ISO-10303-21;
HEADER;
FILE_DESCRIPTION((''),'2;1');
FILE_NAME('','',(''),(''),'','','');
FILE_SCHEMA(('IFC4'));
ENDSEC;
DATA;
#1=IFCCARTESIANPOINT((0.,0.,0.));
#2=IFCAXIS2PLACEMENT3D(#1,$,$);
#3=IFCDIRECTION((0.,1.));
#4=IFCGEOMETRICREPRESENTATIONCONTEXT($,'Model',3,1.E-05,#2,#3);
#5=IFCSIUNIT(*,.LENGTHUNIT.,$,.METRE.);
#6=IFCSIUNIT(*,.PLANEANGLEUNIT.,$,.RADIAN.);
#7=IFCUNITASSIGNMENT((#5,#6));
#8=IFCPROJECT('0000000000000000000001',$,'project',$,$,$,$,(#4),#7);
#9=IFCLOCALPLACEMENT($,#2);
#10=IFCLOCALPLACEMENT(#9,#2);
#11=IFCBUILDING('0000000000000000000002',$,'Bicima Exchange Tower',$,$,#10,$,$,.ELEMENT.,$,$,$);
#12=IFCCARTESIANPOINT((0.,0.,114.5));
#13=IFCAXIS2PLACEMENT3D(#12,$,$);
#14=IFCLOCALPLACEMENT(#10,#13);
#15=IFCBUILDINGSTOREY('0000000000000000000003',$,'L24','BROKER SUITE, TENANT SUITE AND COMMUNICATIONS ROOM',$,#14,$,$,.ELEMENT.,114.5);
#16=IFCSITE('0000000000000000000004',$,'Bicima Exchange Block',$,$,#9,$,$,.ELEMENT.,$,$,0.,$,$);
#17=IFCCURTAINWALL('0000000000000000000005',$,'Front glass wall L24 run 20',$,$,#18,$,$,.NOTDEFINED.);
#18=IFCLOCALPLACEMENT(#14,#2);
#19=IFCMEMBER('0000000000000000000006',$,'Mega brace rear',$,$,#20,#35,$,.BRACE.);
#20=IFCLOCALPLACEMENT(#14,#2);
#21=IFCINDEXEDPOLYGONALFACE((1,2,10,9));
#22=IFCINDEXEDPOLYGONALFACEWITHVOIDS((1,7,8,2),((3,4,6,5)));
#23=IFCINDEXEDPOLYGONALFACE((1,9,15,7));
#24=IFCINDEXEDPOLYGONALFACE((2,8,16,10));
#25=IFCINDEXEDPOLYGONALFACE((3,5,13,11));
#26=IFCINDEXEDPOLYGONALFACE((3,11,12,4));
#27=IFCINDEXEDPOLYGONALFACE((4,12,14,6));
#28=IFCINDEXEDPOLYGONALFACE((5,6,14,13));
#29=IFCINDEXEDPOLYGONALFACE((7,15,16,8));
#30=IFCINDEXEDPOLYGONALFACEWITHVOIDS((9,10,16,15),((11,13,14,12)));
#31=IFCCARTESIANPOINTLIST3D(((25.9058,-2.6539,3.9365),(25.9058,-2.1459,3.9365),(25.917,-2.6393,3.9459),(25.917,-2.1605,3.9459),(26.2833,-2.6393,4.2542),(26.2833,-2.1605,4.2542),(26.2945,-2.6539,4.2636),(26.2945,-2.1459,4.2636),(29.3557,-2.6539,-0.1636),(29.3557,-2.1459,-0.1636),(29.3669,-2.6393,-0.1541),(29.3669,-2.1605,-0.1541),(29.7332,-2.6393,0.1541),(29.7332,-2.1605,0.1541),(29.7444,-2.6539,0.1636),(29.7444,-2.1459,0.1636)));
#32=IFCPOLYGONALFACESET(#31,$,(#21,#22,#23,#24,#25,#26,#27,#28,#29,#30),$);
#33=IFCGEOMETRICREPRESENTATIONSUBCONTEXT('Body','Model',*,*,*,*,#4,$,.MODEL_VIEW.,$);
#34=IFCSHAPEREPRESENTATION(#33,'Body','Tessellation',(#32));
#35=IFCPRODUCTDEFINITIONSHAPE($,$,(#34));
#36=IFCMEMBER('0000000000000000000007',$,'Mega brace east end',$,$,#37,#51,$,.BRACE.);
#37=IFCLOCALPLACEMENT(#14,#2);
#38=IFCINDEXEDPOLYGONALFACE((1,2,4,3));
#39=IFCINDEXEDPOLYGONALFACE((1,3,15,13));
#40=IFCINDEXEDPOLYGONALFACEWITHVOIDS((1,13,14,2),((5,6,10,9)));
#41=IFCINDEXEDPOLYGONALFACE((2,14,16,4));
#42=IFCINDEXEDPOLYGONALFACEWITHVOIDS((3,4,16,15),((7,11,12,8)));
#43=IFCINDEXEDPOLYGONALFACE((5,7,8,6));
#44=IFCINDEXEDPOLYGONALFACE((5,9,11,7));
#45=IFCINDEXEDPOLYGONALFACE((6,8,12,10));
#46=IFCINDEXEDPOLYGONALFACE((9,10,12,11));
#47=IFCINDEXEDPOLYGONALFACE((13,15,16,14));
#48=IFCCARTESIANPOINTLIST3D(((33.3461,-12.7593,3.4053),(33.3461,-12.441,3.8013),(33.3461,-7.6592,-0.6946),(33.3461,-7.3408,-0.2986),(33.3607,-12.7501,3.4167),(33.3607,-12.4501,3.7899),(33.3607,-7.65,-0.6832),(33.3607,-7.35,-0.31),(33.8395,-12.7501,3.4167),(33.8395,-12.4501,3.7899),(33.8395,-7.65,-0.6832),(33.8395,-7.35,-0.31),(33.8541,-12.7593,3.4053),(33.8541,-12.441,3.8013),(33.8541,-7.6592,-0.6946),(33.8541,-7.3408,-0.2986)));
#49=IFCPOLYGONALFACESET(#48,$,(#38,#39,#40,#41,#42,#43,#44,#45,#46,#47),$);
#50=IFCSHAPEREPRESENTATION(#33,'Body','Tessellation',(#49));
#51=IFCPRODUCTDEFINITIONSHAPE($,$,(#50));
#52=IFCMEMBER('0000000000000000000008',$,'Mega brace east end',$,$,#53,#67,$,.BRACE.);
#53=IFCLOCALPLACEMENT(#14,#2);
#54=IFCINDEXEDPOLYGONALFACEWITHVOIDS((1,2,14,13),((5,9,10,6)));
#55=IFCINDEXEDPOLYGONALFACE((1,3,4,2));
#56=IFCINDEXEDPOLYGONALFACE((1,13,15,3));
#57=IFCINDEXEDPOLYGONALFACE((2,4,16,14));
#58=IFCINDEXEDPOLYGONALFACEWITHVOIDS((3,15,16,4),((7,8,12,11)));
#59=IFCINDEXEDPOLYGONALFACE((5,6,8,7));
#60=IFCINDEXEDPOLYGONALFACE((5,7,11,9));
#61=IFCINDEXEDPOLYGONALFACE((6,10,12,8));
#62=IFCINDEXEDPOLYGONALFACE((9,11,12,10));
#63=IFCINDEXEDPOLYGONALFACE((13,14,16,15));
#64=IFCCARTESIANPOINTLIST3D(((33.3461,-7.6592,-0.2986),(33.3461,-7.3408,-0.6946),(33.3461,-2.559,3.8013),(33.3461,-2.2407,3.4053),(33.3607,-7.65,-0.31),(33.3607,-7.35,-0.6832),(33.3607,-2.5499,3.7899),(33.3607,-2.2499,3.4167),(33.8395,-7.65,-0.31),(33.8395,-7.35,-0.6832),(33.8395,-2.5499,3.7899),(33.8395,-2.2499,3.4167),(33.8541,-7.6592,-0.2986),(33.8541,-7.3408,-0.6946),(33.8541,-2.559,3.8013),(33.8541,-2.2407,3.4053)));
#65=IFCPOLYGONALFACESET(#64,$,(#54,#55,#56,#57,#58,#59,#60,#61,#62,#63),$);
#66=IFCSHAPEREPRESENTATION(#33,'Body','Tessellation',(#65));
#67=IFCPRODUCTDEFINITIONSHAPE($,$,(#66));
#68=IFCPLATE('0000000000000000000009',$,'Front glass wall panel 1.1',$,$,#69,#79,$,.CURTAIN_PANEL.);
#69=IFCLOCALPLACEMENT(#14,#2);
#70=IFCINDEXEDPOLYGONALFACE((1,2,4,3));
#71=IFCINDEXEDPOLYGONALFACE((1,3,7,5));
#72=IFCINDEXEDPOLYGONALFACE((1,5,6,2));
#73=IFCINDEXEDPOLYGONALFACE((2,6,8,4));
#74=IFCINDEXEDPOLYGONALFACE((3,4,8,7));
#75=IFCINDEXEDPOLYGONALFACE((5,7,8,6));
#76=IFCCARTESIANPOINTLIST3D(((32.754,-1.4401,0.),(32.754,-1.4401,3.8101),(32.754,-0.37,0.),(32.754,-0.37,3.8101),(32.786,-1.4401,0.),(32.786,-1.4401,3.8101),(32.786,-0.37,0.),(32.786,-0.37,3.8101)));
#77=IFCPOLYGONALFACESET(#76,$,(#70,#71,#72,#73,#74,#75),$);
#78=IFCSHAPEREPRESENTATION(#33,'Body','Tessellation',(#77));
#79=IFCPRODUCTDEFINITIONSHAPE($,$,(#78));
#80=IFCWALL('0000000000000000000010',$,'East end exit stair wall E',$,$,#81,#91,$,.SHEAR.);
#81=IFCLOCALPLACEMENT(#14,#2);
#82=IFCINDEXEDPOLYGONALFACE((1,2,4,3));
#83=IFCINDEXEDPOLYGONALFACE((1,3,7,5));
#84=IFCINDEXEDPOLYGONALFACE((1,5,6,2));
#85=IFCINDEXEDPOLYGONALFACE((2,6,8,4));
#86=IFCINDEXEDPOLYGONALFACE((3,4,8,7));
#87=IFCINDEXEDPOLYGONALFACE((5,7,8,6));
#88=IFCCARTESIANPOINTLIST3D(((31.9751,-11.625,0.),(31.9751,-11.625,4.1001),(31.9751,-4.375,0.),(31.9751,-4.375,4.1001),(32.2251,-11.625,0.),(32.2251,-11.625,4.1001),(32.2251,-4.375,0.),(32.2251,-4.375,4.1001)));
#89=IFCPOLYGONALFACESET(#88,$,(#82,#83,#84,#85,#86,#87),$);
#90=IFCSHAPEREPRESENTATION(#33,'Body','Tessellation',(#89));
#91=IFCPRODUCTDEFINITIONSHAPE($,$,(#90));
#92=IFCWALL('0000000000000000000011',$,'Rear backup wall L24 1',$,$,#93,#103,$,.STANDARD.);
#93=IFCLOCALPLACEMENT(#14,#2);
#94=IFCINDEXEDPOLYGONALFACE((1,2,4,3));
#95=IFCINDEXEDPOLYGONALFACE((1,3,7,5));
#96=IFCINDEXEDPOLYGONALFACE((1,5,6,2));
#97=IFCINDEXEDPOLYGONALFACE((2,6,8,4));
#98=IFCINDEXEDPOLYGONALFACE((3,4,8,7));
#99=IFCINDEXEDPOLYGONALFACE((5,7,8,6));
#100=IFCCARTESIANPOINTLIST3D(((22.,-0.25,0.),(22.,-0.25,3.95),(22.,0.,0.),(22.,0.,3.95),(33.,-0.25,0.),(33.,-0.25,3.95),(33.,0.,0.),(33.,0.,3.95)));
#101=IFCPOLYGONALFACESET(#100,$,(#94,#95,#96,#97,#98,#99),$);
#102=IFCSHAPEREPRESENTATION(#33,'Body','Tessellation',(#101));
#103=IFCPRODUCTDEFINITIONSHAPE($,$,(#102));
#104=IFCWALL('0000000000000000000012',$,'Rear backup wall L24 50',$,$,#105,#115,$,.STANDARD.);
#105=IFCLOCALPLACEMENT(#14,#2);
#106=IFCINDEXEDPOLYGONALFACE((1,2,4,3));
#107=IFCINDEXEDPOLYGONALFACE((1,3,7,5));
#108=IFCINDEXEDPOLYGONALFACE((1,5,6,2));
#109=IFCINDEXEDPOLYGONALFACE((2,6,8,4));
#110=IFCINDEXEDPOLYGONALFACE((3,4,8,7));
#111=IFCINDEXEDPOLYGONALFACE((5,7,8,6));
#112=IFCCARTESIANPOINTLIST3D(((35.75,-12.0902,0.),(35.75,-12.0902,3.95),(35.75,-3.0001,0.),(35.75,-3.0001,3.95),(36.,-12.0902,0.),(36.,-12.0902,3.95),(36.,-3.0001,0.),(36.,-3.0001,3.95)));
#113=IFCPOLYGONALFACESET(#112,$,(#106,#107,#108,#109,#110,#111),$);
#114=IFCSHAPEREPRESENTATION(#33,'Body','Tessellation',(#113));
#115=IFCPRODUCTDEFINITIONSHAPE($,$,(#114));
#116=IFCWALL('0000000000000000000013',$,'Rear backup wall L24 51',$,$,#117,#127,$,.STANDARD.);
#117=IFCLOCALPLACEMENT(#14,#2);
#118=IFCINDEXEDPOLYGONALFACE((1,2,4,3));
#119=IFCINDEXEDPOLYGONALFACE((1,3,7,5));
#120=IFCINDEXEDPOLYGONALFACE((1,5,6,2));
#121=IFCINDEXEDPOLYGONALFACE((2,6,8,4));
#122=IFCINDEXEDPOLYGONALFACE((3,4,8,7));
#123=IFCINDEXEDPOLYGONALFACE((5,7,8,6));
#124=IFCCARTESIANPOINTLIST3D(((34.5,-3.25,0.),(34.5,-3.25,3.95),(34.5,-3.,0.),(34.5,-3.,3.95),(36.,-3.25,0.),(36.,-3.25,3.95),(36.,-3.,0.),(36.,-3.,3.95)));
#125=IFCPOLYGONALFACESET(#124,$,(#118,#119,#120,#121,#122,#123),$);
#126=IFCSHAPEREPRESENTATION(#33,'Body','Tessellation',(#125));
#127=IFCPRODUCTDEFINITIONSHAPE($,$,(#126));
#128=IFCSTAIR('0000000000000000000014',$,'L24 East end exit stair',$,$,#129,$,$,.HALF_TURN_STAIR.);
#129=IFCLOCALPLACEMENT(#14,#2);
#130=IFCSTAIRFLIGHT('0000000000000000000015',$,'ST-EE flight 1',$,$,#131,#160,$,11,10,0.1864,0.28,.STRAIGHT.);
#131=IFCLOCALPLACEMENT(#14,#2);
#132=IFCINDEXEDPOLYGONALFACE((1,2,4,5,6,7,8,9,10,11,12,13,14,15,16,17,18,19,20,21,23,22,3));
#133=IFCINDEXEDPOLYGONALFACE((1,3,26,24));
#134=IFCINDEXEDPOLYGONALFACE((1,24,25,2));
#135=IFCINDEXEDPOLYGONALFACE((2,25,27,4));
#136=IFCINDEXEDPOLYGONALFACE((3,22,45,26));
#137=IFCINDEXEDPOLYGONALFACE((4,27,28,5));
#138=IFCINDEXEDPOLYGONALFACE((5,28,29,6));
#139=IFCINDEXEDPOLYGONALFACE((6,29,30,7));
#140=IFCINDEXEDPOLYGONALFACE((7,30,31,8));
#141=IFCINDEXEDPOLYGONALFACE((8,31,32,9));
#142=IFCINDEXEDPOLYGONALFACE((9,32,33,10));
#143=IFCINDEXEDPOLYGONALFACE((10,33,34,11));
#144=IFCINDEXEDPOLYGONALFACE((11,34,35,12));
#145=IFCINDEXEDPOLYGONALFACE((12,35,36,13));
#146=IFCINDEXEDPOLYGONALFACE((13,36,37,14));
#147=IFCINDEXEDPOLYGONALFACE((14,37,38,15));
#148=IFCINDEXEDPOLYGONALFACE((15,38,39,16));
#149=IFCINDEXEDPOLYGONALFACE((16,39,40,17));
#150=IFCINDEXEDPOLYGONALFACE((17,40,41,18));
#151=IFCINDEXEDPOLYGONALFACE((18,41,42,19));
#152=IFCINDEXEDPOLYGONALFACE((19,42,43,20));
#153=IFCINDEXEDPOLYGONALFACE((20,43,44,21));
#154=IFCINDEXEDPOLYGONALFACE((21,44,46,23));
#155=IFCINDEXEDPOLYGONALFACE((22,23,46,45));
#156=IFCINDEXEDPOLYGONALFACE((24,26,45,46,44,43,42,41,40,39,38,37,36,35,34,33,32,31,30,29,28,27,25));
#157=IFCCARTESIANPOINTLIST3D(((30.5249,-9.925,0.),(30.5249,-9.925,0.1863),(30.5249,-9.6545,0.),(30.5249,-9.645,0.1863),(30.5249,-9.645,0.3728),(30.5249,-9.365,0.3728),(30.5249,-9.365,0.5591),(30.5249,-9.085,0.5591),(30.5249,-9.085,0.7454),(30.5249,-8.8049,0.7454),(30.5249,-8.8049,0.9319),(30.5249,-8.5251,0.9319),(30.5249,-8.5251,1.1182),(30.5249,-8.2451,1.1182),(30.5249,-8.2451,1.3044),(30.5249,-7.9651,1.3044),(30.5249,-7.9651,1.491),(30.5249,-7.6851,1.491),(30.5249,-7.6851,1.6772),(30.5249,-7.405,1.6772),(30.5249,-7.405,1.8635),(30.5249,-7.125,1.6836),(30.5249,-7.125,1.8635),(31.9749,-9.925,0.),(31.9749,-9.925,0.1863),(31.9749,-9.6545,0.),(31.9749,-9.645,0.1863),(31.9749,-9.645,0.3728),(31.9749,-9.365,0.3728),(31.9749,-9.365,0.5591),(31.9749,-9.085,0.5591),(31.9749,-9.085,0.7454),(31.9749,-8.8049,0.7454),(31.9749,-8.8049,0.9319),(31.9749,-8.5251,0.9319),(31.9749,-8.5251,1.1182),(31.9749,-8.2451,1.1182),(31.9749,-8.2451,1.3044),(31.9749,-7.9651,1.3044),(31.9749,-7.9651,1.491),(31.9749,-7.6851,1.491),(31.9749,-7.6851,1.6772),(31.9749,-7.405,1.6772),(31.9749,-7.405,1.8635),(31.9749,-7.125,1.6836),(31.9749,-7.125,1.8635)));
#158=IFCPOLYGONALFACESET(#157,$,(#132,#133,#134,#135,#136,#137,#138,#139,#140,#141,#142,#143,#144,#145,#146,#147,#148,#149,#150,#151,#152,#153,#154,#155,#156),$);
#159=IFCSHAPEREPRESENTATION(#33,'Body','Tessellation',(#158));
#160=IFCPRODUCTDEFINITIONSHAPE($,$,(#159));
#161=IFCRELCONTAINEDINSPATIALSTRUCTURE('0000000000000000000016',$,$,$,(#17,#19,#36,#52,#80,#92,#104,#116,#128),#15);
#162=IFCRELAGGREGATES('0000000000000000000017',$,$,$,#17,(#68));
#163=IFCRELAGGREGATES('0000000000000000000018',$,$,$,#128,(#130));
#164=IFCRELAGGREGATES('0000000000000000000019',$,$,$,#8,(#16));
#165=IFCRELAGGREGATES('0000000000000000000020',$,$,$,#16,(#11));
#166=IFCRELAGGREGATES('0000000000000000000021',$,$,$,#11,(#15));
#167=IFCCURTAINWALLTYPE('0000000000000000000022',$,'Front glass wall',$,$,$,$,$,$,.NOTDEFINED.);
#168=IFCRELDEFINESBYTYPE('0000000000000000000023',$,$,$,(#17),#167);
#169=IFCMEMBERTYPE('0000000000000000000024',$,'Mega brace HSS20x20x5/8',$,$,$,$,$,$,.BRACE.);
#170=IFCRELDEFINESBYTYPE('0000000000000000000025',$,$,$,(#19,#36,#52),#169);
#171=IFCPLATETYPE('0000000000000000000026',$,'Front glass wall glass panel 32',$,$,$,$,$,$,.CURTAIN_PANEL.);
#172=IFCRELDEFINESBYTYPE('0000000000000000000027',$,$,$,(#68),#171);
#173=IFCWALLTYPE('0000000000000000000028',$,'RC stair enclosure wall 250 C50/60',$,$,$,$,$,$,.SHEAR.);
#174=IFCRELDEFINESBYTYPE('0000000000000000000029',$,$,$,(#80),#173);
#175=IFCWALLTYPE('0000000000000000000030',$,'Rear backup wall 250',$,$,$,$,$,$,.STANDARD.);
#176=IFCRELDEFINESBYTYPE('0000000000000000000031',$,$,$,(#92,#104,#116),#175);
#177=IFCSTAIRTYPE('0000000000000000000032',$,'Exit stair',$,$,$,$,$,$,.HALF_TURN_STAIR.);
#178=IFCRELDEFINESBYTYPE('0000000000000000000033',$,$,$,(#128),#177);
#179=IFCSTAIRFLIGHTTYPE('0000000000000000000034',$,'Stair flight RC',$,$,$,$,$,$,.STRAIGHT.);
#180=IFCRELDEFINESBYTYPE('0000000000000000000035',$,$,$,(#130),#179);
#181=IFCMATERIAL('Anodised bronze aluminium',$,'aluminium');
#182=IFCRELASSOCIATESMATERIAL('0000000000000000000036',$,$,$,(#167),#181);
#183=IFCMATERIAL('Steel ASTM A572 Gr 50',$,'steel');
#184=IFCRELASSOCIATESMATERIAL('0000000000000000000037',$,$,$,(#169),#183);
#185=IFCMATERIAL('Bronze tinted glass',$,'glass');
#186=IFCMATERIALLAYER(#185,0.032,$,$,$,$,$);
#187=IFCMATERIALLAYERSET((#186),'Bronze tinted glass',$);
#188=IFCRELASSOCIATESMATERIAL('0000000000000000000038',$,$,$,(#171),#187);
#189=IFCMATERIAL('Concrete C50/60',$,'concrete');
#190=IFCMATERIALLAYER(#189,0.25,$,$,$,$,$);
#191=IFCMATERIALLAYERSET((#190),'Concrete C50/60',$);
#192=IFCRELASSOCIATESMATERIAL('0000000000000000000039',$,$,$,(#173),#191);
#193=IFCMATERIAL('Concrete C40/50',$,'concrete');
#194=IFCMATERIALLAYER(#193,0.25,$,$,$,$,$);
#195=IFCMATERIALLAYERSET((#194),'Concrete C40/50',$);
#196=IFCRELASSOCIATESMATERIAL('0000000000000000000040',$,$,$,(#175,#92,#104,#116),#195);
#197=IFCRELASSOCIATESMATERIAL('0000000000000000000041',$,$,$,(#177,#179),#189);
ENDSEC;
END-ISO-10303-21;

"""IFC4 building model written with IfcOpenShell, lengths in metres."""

from ifc_helpers import new_model, si_unit, direction, frame, frame_2d, origin, origin_2d, place, context, subcontext, project, spatial, polyline, rectangle, hollow_rectangle, outline, extrude, material, layer, layer_set, layer_usage, material_profile, profile_set, type_object, element, aggregate, save


model = new_model("IFC4")

# Units and contexts
model_context = context("Model", 3, precision=1e-05, world=origin(), true_north=direction((0.0, 1.0)))
body_context = subcontext(model_context, "Body", "Model", "MODEL_VIEW")
ifc_project = project(units=[si_unit("LENGTHUNIT", "METRE"), si_unit("PLANEANGLEUNIT", "RADIAN")], contexts=[model_context])

# Site, building, storey
site_placement = place(None, origin())
site = spatial("IfcSite", under=ifc_project, at=site_placement, Name="Bicima Exchange Block", CompositionType="ELEMENT", RefElevation=0.0)
building_placement = place(site_placement, origin())
building = spatial("IfcBuilding", under=site, at=building_placement, Name="Bicima Exchange Tower", CompositionType="ELEMENT")
storey_placement = place(building_placement, frame((0.0, 0.0, 114.5)))
storey = spatial("IfcBuildingStorey", under=building, at=storey_placement, Name="L24", Description="BROKER SUITE, TENANT SUITE AND COMMUNICATIONS ROOM", CompositionType="ELEMENT", Elevation=114.5)

# Shared definitions
ifc_material_1 = material(Name="Steel ASTM A572 Gr 50", Category="steel")

# Shared definitions
ifc_material_2 = material(Name="Anodised bronze aluminium", Category="aluminium")

# Curtain wall
curtain_wall_type_1 = type_object("IfcCurtainWallType", Name="Front glass wall", PredefinedType="NOTDEFINED", material=ifc_material_2)
curtain_wall_1_placement = place(storey_placement, origin())
curtain_wall_1 = element("IfcCurtainWall", 1, at=curtain_wall_1_placement, inside=storey, type_object=curtain_wall_type_1, Name="Front glass wall L24 run 20", PredefinedType="NOTDEFINED")

# Members
ifc_material_profile_1 = material_profile(ifc_material_1, hollow_rectangle(XDim=0.5081, YDim=0.5081, WallThickness=0.0146, at=origin_2d()))
ifc_profile_set_1 = profile_set([ifc_material_profile_1], Name="Steel ASTM A572 Gr 50")
member_type_1 = type_object("IfcMemberType", Name="Mega brace HSS20x20x5/8", PredefinedType="BRACE", material=ifc_profile_set_1)
for number, where, z_axis, x_axis, name in (
    (2, (29.55, -2.3999, 0.0), (-0.643834, 0.0, 0.765165), (0.0, -1.0, 0.0), "Mega brace rear"),
):
    element("IfcMember", number, at=place(storey_placement, frame(where, z_axis=z_axis, x_axis=x_axis)), inside=storey, type_object=member_type_1, Name=name, PredefinedType="BRACE", context=body_context, shape_type="SweptSolid", body=[
        extrude(hollow_rectangle(XDim=0.5081, YDim=0.5081, WallThickness=0.0146, at=origin_2d()), origin(), (0.0, 0.0, 1.0), 5.3584),
    ])
for number, where, z_axis, x_axis, name in (
    (3, (33.6001, -7.5, -0.4966), (0.0, -0.779392, 0.626536), (1.0, 0.0, 0.0), "Mega brace east end"),
    (4, (33.6001, -7.5, -0.4966), (0.0, 0.779392, 0.626536), (-1.0, 0.0, 0.0), "Mega brace east end"),
):
    element("IfcMember", number, at=place(storey_placement, frame(where, z_axis=z_axis, x_axis=x_axis)), inside=storey, type_object=member_type_1, Name=name, PredefinedType="BRACE", context=body_context, shape_type="SweptSolid", body=[
        extrude(hollow_rectangle(XDim=0.5081, YDim=0.5081, WallThickness=0.0146, at=origin_2d()), origin(), (0.0, 0.0, 1.0), 6.5437),
    ])

# Plate
ifc_material_3 = material(Name="Bronze tinted glass", Category="glass")
ifc_layer_1 = layer(ifc_material_3, 0.032)
ifc_layer_set_1 = layer_set([ifc_layer_1], Name="Bronze tinted glass")
plate_type = type_object("IfcPlateType", Name="Front glass wall glass panel 32", PredefinedType="CURTAIN_PANEL", material=ifc_layer_set_1)
plate_placement = place(storey_placement, frame((32.77, -0.905, 0.0), z_axis=(0.0, 0.0, 1.0), x_axis=(0.0, 1.0, 0.0)))
plate = element("IfcPlate", 5, at=plate_placement, type_object=plate_type, Name="Front glass wall panel 1.1", PredefinedType="CURTAIN_PANEL", context=body_context, shape_type="SweptSolid", body=[
    extrude(rectangle(XDim=1.0701, YDim=0.032, at=origin_2d()), origin(), (0.0, 0.0, 1.0), 3.8101),
])
aggregate(curtain_wall_1, [plate])

# Walls
ifc_material_4 = material(Name="Concrete C50/60", Category="concrete")
ifc_layer_2 = layer(ifc_material_4, 0.25)
ifc_layer_set_2 = layer_set([ifc_layer_2], Name="Concrete C50/60")
wall_type_1 = type_object("IfcWallType", Name="RC stair enclosure wall 250 C50/60", PredefinedType="SHEAR", material=ifc_layer_set_2)
wall_1_placement = place(storey_placement, frame((32.1001, -11.625, 0.0), z_axis=(0.0, 0.0, 1.0), x_axis=(0.0, 1.0, 0.0)))
element("IfcWall", 6, at=wall_1_placement, inside=storey, type_object=wall_type_1, Name="East end exit stair wall E", PredefinedType="SHEAR", context=body_context, shape_type="SweptSolid", body=[
    extrude(rectangle(XDim=7.25, YDim=0.25, at=frame_2d((3.625, 0.0))), origin(), (0.0, 0.0, 1.0), 4.1001),
])
ifc_material_5 = material(Name="Concrete C40/50", Category="concrete")
ifc_layer_3 = layer(ifc_material_5, 0.25)
ifc_layer_set_3 = layer_set([ifc_layer_3], Name="Concrete C40/50")
ifc_layer_usage = layer_usage(ifc_layer_set_3, "AXIS2", "POSITIVE", -0.125)
wall_type_2 = type_object("IfcWallType", Name="Rear backup wall 250", PredefinedType="STANDARD", material=ifc_layer_set_3)
wall_2_placement = place(storey_placement, frame((33.0, -0.125, 0.0), z_axis=(0.0, 0.0, 1.0), x_axis=(-1.0, 0.0, 0.0)))
element("IfcWall", 7, at=wall_2_placement, inside=storey, type_object=wall_type_2, material=ifc_layer_usage, Name="Rear backup wall L24 1", PredefinedType="STANDARD", context=body_context, shape_type="SweptSolid", body=[
    extrude(rectangle(XDim=11.0, YDim=0.25, at=frame_2d((5.5, 0.0))), origin(), (0.0, 0.0, 1.0), 3.95),
])
wall_3_placement = place(storey_placement, frame((35.875, -12.0901, 0.0), z_axis=(0.0, 0.0, 1.0), x_axis=(0.0, 1.0, 0.0)))
element("IfcWall", 8, at=wall_3_placement, inside=storey, type_object=wall_type_2, material=ifc_layer_usage, Name="Rear backup wall L24 50", PredefinedType="STANDARD", context=body_context, shape_type="SweptSolid", body=[
    extrude(rectangle(XDim=9.0901, YDim=0.25, at=frame_2d((4.5449, 0.0))), origin(), (0.0, 0.0, 1.0), 3.95),
])
wall_4_placement = place(storey_placement, frame((36.0, -3.125, 0.0), z_axis=(0.0, 0.0, 1.0), x_axis=(-1.0, 0.0, 0.0)))
element("IfcWall", 9, at=wall_4_placement, inside=storey, type_object=wall_type_2, material=ifc_layer_usage, Name="Rear backup wall L24 51", PredefinedType="STANDARD", context=body_context, shape_type="SweptSolid", body=[
    extrude(rectangle(XDim=1.5, YDim=0.25, at=frame_2d((0.75, 0.0))), origin(), (0.0, 0.0, 1.0), 3.95),
])

# Stair, stair flight
stair_type = type_object("IfcStairType", Name="Exit stair", PredefinedType="HALF_TURN_STAIR", material=ifc_material_4)
stair_placement = place(storey_placement, origin())
stair = element("IfcStair", 10, at=stair_placement, inside=storey, type_object=stair_type, Name="L24 East end exit stair", PredefinedType="HALF_TURN_STAIR")
stair_flight_type = type_object("IfcStairFlightType", Name="Stair flight RC", PredefinedType="STRAIGHT", material=ifc_material_4)
stair_flight_1_placement = place(storey_placement, frame((31.25, -9.925, 0.0), z_axis=(0.0, 0.0, 1.0), x_axis=(0.0, 1.0, 0.0)))
stair_flight_1 = element("IfcStairFlight", 11, at=stair_flight_1_placement, type_object=stair_flight_type, Name="ST-EE flight 1", NumberOfRisers=11, NumberOfTreads=10, PredefinedType="STRAIGHT", RiserHeight=0.1864, TreadLength=0.28, context=body_context, shape_type="SweptSolid", body=[
    extrude(outline(polyline([(0.0, 0.0), (0.0, 0.1863), (0.28, 0.1863), (0.28, 0.3728), (0.5601, 0.3728), (0.5601, 0.5591), (0.8401, 0.5591), (0.8401, 0.7454), (1.1201, 0.7454), (1.1201, 0.9319), (1.3999, 0.9319), (1.3999, 1.1182), (1.6799, 1.1182), (1.6799, 1.3044), (1.96, 1.3044), (1.96, 1.491), (2.24, 1.491), (2.24, 1.6772), (2.52, 1.6772), (2.52, 1.8635), (2.8, 1.8635), (2.8, 2.05), (2.8, 1.6836), (0.2705, 0.0), (0.0, 0.0)])), frame((0.0, 0.7251, 0.0), z_axis=(0.0, -1.0, 0.0), x_axis=(1.0, 0.0, 0.0)), (0.0, 0.0, 1.0), 1.45),
])
aggregate(stair, [stair_flight_1])

save(model, "model.ifc")
